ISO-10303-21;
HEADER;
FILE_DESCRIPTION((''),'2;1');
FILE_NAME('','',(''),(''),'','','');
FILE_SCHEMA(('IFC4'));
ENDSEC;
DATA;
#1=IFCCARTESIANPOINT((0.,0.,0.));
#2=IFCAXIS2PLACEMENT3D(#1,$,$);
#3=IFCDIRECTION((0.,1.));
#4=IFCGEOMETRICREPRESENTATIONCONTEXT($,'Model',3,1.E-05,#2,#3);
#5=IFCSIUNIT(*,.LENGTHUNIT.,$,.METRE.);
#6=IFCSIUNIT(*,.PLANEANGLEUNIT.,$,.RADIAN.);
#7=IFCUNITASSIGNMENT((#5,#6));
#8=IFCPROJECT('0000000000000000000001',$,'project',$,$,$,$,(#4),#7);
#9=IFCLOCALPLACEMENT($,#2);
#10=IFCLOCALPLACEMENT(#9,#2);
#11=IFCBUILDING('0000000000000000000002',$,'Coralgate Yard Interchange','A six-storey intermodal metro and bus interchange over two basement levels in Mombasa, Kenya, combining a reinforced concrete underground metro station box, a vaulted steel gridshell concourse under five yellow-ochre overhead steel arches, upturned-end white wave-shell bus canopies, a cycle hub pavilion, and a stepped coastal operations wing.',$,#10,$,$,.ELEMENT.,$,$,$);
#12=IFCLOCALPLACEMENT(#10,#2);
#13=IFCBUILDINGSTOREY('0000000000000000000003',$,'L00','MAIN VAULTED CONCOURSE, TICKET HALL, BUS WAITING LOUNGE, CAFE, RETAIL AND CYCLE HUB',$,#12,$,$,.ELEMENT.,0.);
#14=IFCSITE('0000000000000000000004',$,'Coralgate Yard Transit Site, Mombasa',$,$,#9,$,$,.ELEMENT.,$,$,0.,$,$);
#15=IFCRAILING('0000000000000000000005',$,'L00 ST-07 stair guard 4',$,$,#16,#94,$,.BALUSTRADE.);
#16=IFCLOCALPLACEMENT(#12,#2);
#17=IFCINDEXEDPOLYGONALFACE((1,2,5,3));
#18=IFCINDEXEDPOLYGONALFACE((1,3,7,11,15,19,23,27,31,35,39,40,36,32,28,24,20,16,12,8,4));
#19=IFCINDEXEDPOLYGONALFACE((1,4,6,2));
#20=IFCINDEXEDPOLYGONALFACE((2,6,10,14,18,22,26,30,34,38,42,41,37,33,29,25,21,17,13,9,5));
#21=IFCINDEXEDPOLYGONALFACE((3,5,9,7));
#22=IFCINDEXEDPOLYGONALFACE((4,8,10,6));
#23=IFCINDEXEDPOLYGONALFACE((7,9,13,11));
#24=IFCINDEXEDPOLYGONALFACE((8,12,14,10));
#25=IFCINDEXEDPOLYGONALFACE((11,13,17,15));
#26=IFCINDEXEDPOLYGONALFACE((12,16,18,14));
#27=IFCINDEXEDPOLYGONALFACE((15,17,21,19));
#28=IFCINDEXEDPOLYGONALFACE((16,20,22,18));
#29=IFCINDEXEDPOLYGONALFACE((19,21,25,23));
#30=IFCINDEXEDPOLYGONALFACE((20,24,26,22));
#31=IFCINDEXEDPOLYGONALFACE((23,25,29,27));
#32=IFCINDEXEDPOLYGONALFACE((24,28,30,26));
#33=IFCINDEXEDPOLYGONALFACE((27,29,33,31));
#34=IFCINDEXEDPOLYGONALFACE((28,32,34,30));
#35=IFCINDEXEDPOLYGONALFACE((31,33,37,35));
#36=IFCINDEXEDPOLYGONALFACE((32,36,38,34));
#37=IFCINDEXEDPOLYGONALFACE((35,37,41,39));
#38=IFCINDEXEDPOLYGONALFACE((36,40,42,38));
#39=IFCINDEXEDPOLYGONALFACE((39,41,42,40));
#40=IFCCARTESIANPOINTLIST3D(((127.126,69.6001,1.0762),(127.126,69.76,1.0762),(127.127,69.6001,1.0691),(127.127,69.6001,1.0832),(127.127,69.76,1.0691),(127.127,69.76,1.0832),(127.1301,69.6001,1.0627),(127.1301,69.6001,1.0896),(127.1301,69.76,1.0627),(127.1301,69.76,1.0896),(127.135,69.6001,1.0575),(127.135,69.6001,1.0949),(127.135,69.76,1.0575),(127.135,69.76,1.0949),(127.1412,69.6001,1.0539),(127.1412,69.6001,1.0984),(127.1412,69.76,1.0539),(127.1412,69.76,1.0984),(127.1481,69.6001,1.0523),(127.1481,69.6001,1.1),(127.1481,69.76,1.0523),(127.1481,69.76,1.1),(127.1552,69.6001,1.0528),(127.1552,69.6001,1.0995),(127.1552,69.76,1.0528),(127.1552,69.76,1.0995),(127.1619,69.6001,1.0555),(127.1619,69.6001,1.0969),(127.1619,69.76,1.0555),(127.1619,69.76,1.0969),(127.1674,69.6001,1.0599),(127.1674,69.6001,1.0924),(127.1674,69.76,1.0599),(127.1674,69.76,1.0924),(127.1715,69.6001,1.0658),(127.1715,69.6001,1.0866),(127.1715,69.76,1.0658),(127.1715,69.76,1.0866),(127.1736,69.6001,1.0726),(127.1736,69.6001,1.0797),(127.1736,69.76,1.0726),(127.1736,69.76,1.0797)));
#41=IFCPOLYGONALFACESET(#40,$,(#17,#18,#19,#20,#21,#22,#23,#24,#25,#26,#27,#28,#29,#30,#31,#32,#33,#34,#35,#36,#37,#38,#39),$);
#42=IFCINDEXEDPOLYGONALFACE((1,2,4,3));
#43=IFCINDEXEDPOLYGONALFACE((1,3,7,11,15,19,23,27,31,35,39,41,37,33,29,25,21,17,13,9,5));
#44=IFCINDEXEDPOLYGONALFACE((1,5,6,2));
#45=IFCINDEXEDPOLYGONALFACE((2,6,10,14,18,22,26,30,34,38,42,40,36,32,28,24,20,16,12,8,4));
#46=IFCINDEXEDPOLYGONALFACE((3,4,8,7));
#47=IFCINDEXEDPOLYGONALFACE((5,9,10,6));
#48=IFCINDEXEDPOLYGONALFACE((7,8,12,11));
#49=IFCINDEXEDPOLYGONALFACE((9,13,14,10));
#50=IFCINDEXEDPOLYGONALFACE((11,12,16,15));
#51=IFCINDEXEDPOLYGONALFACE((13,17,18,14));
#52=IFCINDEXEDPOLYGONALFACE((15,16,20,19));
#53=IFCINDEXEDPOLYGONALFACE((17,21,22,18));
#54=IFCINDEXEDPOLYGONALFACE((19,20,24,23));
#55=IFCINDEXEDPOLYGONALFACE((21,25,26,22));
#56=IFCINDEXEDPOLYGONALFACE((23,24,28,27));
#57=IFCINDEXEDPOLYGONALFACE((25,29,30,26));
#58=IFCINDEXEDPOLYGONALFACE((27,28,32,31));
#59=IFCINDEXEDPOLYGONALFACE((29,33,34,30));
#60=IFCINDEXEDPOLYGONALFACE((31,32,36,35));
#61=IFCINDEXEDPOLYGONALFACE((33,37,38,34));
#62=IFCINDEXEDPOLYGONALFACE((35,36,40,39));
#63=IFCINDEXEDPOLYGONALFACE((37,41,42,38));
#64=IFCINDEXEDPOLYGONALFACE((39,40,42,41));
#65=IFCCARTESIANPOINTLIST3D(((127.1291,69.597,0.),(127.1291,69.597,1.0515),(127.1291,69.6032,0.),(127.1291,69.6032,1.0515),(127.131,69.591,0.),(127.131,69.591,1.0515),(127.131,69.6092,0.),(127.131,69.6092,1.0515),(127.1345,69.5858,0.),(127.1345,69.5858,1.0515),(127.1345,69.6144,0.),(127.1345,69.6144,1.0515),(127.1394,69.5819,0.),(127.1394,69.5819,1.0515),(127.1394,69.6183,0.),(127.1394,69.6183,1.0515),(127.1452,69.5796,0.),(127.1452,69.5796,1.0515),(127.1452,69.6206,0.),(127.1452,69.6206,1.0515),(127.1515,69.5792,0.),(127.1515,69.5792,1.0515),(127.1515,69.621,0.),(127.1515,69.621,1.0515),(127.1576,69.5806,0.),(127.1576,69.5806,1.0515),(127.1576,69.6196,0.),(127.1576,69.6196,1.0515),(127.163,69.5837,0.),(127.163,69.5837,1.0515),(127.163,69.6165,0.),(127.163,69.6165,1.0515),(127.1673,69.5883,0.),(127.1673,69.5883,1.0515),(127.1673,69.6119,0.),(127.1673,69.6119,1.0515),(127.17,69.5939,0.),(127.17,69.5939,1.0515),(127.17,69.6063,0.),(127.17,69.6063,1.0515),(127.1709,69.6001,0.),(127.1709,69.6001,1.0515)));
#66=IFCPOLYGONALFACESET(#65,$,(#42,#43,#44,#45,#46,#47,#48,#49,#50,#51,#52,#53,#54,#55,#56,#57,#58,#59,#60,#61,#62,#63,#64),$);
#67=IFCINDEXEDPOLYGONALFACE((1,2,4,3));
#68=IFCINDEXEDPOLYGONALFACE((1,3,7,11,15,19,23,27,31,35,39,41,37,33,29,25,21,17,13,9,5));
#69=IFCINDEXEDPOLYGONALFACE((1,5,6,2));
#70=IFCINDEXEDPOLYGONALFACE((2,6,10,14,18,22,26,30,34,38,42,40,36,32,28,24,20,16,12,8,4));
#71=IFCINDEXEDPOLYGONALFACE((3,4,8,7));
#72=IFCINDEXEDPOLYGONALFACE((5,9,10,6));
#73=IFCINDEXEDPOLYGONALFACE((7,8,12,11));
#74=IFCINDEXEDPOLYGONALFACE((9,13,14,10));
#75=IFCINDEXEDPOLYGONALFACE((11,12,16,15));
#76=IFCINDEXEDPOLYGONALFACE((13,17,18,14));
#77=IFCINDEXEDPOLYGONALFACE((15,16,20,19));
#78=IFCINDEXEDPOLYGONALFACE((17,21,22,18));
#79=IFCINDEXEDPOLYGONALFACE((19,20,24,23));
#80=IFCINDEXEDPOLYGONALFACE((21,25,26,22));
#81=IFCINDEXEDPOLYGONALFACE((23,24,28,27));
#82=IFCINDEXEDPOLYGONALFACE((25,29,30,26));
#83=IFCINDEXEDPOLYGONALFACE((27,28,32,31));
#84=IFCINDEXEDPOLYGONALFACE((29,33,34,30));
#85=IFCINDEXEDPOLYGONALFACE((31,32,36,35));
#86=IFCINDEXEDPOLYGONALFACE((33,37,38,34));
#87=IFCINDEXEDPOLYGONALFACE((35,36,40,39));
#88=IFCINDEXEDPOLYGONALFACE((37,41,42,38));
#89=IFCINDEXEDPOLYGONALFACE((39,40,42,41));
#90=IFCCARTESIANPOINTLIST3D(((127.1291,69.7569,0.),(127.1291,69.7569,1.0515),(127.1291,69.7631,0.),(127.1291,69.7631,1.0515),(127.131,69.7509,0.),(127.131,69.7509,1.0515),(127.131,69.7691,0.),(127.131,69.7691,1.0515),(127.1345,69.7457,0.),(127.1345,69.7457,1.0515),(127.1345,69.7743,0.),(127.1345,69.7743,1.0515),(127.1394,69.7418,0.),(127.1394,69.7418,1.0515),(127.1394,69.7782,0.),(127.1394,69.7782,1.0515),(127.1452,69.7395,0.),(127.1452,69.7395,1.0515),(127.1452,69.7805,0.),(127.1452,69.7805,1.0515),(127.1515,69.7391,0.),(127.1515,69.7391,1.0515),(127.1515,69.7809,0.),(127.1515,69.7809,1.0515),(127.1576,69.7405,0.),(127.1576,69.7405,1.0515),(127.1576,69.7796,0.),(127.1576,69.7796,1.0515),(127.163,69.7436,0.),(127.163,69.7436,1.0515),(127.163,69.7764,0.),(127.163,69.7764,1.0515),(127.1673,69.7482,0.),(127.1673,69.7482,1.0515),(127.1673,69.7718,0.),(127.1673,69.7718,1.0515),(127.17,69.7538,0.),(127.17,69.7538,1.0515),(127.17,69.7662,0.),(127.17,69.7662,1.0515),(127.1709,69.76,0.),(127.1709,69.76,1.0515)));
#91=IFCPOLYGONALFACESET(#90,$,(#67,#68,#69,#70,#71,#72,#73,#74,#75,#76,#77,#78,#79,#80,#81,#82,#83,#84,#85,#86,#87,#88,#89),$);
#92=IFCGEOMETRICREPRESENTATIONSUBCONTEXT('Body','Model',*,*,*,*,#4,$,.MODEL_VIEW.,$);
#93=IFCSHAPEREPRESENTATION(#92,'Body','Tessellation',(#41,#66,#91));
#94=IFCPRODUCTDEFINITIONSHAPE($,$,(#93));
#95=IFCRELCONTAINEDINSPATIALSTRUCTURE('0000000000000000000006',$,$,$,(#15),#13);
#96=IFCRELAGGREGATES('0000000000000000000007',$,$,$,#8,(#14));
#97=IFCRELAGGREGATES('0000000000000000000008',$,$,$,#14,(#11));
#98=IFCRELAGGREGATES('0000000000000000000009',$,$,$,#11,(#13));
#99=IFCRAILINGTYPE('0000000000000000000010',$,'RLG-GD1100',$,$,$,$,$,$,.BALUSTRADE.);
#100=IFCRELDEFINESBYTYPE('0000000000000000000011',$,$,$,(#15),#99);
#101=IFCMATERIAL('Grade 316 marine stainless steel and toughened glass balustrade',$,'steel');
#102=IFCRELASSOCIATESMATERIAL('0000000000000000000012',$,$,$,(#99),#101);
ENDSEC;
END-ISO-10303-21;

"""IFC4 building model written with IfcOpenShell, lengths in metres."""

from ifc_helpers import new_model, si_unit, direction, frame, origin, origin_2d, place, context, subcontext, project, spatial, circle, extrude, material, type_object, element, save


model = new_model("IFC4")

# Units and contexts
model_context = context("Model", 3, precision=1e-05, world=origin(), true_north=direction((0.0, 1.0)))
body_context = subcontext(model_context, "Body", "Model", "MODEL_VIEW")
ifc_project = project(units=[si_unit("LENGTHUNIT", "METRE"), si_unit("PLANEANGLEUNIT", "RADIAN")], contexts=[model_context])

# Site, building, storey
site_placement = place(None, origin())
site = spatial("IfcSite", under=ifc_project, at=site_placement, Name="Coralgate Yard Transit Site, Mombasa", CompositionType="ELEMENT", RefElevation=0.0)
building_placement = place(site_placement, origin())
building = spatial("IfcBuilding", under=site, at=building_placement, Name="Coralgate Yard Interchange", Description="A six-storey intermodal metro and bus interchange over two basement levels in Mombasa, Kenya, combining a reinforced concrete underground metro station box, a vaulted steel gridshell concourse under five yellow-ochre overhead steel arches, upturned-end white wave-shell bus canopies, a cycle hub pavilion, and a stepped coastal operations wing.", CompositionType="ELEMENT")
storey_placement = place(building_placement, origin())
storey = spatial("IfcBuildingStorey", under=building, at=storey_placement, Name="L00", Description="MAIN VAULTED CONCOURSE, TICKET HALL, BUS WAITING LOUNGE, CAFE, RETAIL AND CYCLE HUB", CompositionType="ELEMENT", Elevation=0.0)

# Railing
ifc_material_1 = material(Name="Grade 316 marine stainless steel and toughened glass balustrade", Category="steel")
railing_type_1 = type_object("IfcRailingType", Name="RLG-GD1100", PredefinedType="BALUSTRADE", material=ifc_material_1)
railing_1_placement = place(storey_placement, frame((127.1499, 69.6001, 0.0)))
element("IfcRailing", 1, at=railing_1_placement, inside=storey, type_object=railing_type_1, Name="L00 ST-07 stair guard 4", PredefinedType="BALUSTRADE", context=body_context, shape_type="SweptSolid", body=[
    extrude(circle(Radius=0.0239, at=origin_2d()), frame((0.0, 0.0, 1.0762), z_axis=(0.0, 1.0, 0.0), x_axis=(-1.0, 0.0, 0.0)), (0.0, 0.0, 1.0), 0.1599),
    extrude(circle(Radius=0.021, at=origin_2d()), origin(), (0.0, 0.0, 1.0), 1.0515),
    extrude(circle(Radius=0.021, at=origin_2d()), frame((0.0, 0.1599, 0.0)), (0.0, 0.0, 1.0), 1.0515),
])

save(model, "model.ifc")
